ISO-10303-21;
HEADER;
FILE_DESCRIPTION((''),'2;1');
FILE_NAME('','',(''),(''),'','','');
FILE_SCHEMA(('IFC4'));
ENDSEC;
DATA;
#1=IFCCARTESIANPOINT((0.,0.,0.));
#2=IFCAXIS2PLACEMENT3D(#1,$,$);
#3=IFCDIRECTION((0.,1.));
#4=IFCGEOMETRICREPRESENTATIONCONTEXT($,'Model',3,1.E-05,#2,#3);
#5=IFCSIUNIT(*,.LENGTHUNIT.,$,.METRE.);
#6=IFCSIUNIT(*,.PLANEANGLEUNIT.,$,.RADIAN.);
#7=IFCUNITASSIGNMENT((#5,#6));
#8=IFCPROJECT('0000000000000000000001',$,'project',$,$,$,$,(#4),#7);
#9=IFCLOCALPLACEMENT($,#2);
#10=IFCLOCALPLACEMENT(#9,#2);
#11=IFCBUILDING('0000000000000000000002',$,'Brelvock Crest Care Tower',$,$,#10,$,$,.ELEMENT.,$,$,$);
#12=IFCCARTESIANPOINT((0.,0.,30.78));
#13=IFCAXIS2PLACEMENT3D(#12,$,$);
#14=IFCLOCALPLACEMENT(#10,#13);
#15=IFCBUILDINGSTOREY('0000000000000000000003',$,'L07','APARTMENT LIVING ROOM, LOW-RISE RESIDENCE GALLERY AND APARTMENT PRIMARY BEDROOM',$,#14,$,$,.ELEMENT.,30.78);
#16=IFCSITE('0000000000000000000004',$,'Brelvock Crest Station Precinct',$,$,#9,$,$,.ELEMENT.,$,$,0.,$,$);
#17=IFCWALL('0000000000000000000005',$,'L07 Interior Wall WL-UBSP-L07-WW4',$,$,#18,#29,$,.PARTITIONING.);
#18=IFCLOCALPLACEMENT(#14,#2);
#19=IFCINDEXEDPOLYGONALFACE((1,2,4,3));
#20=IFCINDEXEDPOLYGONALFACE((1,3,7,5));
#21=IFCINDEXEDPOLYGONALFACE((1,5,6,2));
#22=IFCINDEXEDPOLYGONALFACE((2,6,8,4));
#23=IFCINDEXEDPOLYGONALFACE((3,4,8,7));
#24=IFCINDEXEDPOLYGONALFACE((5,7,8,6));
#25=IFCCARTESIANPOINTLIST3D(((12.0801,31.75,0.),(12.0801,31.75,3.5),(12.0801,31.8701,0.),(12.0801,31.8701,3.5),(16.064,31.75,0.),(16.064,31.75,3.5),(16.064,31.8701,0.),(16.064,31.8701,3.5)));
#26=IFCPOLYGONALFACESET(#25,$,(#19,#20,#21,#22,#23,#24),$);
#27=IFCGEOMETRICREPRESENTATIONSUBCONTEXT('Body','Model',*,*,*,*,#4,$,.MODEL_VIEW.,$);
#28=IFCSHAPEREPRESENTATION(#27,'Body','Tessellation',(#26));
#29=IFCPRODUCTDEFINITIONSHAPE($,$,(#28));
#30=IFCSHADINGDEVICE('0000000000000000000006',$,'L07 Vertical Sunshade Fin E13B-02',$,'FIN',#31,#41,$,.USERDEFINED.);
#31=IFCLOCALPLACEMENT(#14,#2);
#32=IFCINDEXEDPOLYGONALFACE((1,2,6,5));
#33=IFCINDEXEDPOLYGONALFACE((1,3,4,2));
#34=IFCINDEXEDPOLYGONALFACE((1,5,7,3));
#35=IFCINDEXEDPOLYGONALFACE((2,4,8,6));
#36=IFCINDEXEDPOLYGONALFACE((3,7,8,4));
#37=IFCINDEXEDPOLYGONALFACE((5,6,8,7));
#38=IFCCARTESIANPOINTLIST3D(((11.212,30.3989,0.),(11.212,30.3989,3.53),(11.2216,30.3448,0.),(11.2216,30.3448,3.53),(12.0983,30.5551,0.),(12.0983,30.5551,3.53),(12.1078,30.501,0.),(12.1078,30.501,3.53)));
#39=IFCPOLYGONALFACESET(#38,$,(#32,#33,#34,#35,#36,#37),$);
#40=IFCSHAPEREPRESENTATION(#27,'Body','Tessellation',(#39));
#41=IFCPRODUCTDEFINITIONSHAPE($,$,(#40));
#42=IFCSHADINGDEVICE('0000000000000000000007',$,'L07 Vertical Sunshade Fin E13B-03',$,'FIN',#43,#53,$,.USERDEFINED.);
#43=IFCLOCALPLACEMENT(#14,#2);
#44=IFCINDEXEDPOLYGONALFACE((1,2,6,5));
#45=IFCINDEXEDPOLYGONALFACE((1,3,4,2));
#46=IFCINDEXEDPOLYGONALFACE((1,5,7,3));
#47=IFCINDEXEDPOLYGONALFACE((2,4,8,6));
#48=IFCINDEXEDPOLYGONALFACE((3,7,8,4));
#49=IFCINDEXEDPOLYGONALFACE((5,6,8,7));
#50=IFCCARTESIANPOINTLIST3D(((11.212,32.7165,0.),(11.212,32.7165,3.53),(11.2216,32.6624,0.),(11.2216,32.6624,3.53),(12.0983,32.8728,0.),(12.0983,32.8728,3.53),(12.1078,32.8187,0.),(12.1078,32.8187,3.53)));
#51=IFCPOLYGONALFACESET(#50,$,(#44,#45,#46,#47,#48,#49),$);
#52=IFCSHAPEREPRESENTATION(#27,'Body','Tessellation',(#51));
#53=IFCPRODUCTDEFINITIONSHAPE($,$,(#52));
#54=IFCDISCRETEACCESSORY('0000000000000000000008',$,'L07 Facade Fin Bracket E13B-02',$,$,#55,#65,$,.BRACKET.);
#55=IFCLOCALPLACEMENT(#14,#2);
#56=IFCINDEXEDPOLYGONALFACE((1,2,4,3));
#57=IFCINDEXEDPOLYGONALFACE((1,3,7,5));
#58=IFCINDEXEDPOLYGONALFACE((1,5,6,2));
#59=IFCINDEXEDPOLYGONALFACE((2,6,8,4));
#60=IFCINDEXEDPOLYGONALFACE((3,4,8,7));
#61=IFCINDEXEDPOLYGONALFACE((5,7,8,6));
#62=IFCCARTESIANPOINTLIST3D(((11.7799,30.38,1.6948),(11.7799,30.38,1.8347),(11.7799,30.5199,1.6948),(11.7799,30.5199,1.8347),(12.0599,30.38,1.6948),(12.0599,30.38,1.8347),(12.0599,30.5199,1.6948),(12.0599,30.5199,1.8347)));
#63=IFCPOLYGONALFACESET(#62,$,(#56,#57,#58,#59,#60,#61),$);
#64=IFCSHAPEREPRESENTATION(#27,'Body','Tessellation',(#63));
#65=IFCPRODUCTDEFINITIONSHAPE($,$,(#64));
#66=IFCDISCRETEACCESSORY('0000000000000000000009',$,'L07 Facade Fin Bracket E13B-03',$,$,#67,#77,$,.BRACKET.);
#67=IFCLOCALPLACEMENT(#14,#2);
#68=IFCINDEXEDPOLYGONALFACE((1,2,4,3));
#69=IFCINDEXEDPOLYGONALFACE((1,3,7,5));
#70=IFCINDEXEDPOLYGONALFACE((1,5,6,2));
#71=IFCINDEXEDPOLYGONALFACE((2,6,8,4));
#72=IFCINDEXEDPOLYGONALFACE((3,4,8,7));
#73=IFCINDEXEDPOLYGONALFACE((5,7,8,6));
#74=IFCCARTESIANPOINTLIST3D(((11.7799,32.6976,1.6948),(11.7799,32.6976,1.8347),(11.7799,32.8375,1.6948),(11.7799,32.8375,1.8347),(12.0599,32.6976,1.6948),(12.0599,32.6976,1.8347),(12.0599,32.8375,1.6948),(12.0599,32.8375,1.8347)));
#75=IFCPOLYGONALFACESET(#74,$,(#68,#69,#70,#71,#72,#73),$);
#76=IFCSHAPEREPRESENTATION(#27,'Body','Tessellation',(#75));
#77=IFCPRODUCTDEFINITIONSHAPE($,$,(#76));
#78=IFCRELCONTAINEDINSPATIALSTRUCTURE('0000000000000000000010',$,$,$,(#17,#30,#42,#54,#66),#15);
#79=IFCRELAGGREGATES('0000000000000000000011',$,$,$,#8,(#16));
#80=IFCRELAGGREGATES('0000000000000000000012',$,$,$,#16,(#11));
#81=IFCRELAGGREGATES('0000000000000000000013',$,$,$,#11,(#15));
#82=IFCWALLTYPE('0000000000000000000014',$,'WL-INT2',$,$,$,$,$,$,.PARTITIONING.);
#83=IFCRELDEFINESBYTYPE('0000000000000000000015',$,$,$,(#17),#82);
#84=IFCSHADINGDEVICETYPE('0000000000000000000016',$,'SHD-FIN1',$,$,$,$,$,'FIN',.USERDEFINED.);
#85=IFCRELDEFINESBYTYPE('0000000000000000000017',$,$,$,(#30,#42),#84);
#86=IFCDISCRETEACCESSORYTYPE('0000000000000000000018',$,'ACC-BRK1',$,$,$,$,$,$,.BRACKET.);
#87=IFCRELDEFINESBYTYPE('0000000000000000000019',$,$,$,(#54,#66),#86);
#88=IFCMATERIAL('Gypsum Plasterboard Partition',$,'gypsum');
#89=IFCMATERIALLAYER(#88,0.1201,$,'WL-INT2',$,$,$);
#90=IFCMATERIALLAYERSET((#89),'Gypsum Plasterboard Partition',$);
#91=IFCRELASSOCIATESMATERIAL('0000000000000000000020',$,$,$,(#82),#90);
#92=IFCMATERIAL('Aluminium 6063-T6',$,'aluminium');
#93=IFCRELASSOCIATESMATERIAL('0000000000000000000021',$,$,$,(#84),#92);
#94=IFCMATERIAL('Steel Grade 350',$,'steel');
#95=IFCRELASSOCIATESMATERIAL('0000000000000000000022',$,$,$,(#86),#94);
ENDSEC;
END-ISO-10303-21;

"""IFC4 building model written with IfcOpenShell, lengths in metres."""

from ifc_helpers import new_model, si_unit, direction, frame, frame_2d, origin, origin_2d, place, context, subcontext, project, spatial, rectangle, extrude, source, transform, mapped, material, layer, layer_set, material_profile, profile_set, type_object, element, save


model = new_model("IFC4")

# Units and contexts
model_context = context("Model", 3, precision=1e-05, world=origin(), true_north=direction((0.0, 1.0)))
body_context = subcontext(model_context, "Body", "Model", "MODEL_VIEW")
ifc_project = project(units=[si_unit("LENGTHUNIT", "METRE"), si_unit("PLANEANGLEUNIT", "RADIAN")], contexts=[model_context])

# Site, building, storey
site_placement = place(None, origin())
site = spatial("IfcSite", under=ifc_project, at=site_placement, Name="Brelvock Crest Station Precinct", CompositionType="ELEMENT", RefElevation=0.0)
building_placement = place(site_placement, origin())
building = spatial("IfcBuilding", under=site, at=building_placement, Name="Brelvock Crest Care Tower", CompositionType="ELEMENT")
storey_placement = place(building_placement, frame((0.0, 0.0, 30.78)))
storey = spatial("IfcBuildingStorey", under=building, at=storey_placement, Name="L07", Description="APARTMENT LIVING ROOM, LOW-RISE RESIDENCE GALLERY AND APARTMENT PRIMARY BEDROOM", CompositionType="ELEMENT", Elevation=30.78)

# Shared definitions
ifc_material_1 = material(Name="Steel Grade 350", Category="steel")

# Shared definitions
ifc_material_2 = material(Name="Aluminium 6063-T6", Category="aluminium")

# Wall
ifc_material_3 = material(Name="Gypsum Plasterboard Partition", Category="gypsum")
ifc_layer_1 = layer(ifc_material_3, 0.1201, Name="WL-INT2")
ifc_layer_set_1 = layer_set([ifc_layer_1], Name="Gypsum Plasterboard Partition")
wall_type_1 = type_object("IfcWallType", Name="WL-INT2", PredefinedType="PARTITIONING", material=ifc_layer_set_1)
wall_placement = place(storey_placement, frame((12.0801, 31.8101, 0.0), z_axis=(0.0, 0.0, 1.0), x_axis=(1.0, 0.0, 0.0)))
element("IfcWall", 1, at=wall_placement, inside=storey, type_object=wall_type_1, Name="L07 Interior Wall WL-UBSP-L07-WW4", PredefinedType="PARTITIONING", context=body_context, shape_type="SweptSolid", body=[
    extrude(rectangle(XDim=3.9839, YDim=0.1201, at=frame_2d((1.9919, 0.0))), origin(), (0.0, 0.0, 1.0), 3.5),
])

# Shading devices
ifc_material_profile_1 = material_profile(ifc_material_2, rectangle(XDim=0.0549, YDim=0.8999, at=origin_2d()), Name="FIN55x900")
ifc_profile_set_1 = profile_set([ifc_material_profile_1], Name="Aluminium 6063-T6")
shading_device_type = type_object("IfcShadingDeviceType", Name="SHD-FIN1", ElementType="FIN", PredefinedType="USERDEFINED", material=ifc_profile_set_1)
shared_shape_1 = source(origin(), body_context, "Body", "SweptSolid", [
    extrude(rectangle(XDim=0.0549, YDim=0.8999, at=origin_2d()), origin(), (0.0, 0.0, 1.0), 3.53),
])
for number, where, z_axis, x_axis, name in (
    (2, (11.6599, 30.45, 0.0), (0.0, 0.0, 1.0), (-0.173648, 0.984808, 0.0), "L07 Vertical Sunshade Fin E13B-02"),
    (3, (11.6599, 32.7676, 0.0), (0.0, 0.0, 1.0), (-0.173648, 0.984808, 0.0), "L07 Vertical Sunshade Fin E13B-03"),
):
    element("IfcShadingDevice", number, at=place(storey_placement, frame(where, z_axis=z_axis, x_axis=x_axis)), inside=storey, type_object=shading_device_type, Name=name, ObjectType="FIN", PredefinedType="USERDEFINED", context=body_context, shape_type="MappedRepresentation", body=[
        mapped(shared_shape_1, transform((0.0, 0.0, 0.0), x_axis=(1.0, 0.0, 0.0), y_axis=(0.0, 1.0, 0.0), z_axis=(0.0, 0.0, 1.0), scale=1.0)),
    ])

# Discrete accessories
discrete_accessory_type = type_object("IfcDiscreteAccessoryType", Name="ACC-BRK1", PredefinedType="BRACKET", material=ifc_material_1)
shared_shape_2 = source(origin(), body_context, "Body", "SweptSolid", [
    extrude(rectangle(XDim=0.28, YDim=0.1399, at=origin_2d()), origin(), (0.0, 0.0, 1.0), 0.1399),
])
for number, where, z_axis, x_axis, name in (
    (4, (11.9199, 30.45, 1.6948), (0.0, 0.0, 1.0), (-1.0, 0.0, 0.0), "L07 Facade Fin Bracket E13B-02"),
    (5, (11.9199, 32.7676, 1.6948), (0.0, 0.0, 1.0), (-1.0, 0.0, 0.0), "L07 Facade Fin Bracket E13B-03"),
):
    element("IfcDiscreteAccessory", number, at=place(storey_placement, frame(where, z_axis=z_axis, x_axis=x_axis)), inside=storey, type_object=discrete_accessory_type, Name=name, PredefinedType="BRACKET", context=body_context, shape_type="MappedRepresentation", body=[
        mapped(shared_shape_2, transform((0.0, 0.0, 0.0), x_axis=(1.0, 0.0, 0.0), y_axis=(0.0, 1.0, 0.0), z_axis=(0.0, 0.0, 1.0), scale=1.0)),
    ])

save(model, "model.ifc")
